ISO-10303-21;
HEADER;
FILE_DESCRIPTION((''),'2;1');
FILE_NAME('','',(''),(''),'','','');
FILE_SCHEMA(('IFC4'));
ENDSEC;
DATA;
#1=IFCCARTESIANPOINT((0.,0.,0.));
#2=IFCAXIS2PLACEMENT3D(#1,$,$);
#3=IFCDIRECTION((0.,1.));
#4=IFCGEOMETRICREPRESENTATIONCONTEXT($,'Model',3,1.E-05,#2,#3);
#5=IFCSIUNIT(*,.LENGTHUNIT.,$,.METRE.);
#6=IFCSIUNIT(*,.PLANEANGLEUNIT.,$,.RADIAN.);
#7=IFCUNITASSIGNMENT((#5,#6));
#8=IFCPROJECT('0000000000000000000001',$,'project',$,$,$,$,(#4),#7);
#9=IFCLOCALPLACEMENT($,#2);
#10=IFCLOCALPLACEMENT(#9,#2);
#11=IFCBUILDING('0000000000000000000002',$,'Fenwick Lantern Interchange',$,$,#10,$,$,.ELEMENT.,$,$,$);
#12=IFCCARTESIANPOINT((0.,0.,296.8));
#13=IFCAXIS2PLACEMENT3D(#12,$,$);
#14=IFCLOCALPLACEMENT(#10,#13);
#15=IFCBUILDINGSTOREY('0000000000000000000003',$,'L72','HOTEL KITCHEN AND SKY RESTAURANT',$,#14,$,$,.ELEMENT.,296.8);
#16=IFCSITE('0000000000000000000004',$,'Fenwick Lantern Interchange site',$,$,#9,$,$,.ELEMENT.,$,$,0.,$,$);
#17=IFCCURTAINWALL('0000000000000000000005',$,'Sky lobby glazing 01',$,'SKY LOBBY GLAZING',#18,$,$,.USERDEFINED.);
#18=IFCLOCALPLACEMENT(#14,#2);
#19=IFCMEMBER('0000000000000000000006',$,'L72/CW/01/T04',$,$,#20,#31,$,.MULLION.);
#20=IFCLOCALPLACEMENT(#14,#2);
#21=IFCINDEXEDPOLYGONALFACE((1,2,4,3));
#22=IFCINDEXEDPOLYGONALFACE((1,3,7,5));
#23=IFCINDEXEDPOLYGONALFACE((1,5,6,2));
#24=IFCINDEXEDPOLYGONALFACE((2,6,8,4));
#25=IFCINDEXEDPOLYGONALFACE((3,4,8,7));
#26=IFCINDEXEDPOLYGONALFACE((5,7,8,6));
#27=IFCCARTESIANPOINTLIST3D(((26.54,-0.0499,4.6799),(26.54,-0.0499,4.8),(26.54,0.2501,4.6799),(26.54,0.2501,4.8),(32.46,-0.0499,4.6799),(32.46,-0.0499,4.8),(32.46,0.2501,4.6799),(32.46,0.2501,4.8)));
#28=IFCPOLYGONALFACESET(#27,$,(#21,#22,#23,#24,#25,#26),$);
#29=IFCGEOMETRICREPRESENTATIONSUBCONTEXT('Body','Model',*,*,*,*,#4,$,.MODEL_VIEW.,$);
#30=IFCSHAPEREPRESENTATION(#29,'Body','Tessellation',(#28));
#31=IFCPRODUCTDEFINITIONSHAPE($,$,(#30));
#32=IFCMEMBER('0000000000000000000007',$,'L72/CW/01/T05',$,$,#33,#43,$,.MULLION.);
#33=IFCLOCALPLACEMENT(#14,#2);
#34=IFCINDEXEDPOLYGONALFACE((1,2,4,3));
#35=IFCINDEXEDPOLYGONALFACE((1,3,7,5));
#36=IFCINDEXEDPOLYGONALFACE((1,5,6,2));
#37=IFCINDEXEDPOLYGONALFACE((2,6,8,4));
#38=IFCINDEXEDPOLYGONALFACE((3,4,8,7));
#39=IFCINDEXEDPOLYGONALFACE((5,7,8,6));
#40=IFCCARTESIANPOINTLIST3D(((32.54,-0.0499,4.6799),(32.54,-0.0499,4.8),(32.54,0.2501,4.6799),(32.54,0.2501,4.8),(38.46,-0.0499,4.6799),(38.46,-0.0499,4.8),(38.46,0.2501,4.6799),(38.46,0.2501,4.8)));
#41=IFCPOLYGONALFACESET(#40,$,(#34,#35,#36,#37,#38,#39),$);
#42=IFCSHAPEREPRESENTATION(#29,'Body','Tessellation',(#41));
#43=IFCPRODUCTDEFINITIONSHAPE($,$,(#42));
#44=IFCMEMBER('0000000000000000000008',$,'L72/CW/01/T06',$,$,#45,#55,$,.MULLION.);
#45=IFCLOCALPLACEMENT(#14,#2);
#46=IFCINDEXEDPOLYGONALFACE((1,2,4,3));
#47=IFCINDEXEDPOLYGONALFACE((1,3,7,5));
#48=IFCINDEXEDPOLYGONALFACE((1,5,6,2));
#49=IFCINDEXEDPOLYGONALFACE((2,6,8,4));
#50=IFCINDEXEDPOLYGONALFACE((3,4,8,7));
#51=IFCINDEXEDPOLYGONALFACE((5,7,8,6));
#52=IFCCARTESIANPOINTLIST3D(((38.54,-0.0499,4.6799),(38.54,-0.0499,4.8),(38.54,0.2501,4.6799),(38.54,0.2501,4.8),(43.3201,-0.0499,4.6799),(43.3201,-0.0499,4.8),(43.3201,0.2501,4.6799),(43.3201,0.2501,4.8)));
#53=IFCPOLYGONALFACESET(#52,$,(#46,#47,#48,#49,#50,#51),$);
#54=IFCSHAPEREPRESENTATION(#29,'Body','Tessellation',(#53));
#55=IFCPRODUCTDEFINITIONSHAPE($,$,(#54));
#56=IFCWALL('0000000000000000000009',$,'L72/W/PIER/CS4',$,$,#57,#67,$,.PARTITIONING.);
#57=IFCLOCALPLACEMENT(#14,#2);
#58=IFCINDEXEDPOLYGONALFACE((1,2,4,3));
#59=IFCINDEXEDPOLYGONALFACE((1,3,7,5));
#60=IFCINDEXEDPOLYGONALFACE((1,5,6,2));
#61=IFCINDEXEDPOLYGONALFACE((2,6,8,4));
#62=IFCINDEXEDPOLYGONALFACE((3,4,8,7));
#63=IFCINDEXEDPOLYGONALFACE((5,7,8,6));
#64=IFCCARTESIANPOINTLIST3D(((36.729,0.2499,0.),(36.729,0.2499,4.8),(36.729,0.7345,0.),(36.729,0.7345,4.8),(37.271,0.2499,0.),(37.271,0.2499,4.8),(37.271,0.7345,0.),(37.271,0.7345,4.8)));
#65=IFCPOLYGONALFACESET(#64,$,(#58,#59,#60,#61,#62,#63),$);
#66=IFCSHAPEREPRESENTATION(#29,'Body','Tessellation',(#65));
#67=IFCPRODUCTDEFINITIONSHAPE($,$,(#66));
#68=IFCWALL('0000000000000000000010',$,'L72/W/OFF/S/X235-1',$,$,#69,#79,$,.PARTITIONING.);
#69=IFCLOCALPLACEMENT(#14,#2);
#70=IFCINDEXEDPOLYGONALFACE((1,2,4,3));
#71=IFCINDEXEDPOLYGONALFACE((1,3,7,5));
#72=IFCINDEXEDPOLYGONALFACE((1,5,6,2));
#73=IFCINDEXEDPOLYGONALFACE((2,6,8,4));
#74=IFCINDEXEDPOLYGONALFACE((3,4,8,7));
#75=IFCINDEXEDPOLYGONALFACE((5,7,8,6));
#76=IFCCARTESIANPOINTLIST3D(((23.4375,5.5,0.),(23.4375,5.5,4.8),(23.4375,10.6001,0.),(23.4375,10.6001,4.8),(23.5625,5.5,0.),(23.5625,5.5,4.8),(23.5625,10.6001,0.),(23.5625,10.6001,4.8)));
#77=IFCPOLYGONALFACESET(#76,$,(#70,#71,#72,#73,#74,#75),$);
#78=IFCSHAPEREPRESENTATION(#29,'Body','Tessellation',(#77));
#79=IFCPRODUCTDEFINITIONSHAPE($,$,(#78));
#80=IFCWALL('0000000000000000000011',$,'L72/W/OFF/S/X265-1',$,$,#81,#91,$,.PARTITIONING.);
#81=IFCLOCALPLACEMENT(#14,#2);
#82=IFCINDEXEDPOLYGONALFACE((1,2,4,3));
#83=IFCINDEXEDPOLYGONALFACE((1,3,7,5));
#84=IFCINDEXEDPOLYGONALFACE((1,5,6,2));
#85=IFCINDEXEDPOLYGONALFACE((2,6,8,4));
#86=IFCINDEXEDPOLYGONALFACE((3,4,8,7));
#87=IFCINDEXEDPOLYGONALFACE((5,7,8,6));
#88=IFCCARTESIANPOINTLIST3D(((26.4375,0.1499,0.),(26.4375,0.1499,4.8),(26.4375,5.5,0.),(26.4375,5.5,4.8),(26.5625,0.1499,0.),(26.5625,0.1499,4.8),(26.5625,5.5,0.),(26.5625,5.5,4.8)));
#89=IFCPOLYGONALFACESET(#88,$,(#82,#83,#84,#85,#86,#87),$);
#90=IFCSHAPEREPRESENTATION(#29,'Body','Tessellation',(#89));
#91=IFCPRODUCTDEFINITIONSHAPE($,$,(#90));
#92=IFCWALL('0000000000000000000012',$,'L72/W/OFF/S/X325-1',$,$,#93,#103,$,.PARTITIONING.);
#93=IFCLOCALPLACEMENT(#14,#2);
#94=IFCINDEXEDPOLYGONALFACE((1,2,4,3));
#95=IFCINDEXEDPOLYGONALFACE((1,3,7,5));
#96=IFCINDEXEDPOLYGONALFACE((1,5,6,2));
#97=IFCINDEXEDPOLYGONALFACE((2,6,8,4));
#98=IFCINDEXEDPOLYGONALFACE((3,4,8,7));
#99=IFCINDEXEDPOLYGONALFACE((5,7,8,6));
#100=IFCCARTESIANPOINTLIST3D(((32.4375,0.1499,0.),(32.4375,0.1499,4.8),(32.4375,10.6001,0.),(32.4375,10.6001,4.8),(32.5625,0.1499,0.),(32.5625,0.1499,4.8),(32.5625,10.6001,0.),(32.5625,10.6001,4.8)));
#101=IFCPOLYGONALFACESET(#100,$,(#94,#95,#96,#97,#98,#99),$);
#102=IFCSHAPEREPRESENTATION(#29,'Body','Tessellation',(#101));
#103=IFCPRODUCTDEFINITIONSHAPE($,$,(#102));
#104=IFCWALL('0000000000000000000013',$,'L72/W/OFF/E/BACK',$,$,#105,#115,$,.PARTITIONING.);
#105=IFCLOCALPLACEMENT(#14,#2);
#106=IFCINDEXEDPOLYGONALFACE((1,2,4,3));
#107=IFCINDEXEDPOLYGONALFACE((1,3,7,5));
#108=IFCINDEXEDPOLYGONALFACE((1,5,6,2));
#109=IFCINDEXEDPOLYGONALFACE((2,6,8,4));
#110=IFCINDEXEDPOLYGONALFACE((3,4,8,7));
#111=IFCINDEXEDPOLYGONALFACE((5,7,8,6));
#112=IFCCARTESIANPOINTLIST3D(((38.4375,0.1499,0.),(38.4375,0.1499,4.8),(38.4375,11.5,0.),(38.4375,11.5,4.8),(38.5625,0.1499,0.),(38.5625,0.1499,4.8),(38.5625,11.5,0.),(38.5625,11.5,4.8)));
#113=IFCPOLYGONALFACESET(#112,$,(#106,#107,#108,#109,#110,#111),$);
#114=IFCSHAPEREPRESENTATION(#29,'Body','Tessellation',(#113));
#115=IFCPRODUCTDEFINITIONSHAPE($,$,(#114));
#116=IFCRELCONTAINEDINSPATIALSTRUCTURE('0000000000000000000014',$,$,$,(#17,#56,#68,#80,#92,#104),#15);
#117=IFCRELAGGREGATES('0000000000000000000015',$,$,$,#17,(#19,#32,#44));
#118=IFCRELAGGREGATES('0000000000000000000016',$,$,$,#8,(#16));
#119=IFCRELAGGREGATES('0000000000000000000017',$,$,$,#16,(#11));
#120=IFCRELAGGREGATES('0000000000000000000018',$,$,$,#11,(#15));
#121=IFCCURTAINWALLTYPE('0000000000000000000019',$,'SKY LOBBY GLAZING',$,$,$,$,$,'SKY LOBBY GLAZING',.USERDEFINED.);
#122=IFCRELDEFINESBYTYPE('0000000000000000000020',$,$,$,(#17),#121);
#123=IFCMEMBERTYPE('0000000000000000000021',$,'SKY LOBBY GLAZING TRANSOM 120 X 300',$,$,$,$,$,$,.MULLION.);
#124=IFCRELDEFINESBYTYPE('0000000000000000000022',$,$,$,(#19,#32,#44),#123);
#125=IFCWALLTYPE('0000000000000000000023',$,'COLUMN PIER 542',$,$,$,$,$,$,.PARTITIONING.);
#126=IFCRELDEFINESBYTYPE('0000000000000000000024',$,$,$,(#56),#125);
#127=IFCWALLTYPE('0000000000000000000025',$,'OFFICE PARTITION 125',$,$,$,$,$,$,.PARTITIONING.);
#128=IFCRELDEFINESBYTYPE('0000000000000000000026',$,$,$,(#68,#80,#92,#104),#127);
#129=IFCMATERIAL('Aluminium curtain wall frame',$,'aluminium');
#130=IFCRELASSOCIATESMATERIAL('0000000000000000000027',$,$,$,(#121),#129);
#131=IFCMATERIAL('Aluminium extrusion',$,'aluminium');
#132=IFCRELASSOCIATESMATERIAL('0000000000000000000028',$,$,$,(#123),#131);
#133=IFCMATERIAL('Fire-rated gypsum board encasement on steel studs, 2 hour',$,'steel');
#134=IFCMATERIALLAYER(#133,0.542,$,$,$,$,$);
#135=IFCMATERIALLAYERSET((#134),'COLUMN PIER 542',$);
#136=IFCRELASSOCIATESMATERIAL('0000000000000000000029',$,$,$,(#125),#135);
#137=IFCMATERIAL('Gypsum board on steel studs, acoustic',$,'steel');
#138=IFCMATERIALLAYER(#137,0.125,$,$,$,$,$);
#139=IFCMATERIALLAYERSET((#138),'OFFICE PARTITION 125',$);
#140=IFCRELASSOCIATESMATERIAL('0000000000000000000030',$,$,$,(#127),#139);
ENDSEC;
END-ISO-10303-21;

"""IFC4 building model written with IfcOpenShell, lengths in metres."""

from ifc_helpers import new_model, si_unit, direction, frame, frame_2d, origin, origin_2d, place, context, subcontext, project, spatial, rectangle, extrude, material, layer, layer_set, material_profile, profile_set, type_object, element, aggregate, save


model = new_model("IFC4")

# Units and contexts
model_context = context("Model", 3, precision=1e-05, world=origin(), true_north=direction((0.0, 1.0)))
body_context = subcontext(model_context, "Body", "Model", "MODEL_VIEW")
ifc_project = project(units=[si_unit("LENGTHUNIT", "METRE"), si_unit("PLANEANGLEUNIT", "RADIAN")], contexts=[model_context])

# Site, building, storey
site_placement = place(None, origin())
site = spatial("IfcSite", under=ifc_project, at=site_placement, Name="Fenwick Lantern Interchange site", CompositionType="ELEMENT", RefElevation=0.0)
building_placement = place(site_placement, origin())
building = spatial("IfcBuilding", under=site, at=building_placement, Name="Fenwick Lantern Interchange", CompositionType="ELEMENT")
storey_placement = place(building_placement, frame((0.0, 0.0, 296.8)))
storey = spatial("IfcBuildingStorey", under=building, at=storey_placement, Name="L72", Description="HOTEL KITCHEN AND SKY RESTAURANT", CompositionType="ELEMENT", Elevation=296.8)

# Curtain wall
ifc_material_1 = material(Name="Aluminium curtain wall frame", Category="aluminium")
curtain_wall_type = type_object("IfcCurtainWallType", Name="SKY LOBBY GLAZING", ElementType="SKY LOBBY GLAZING", PredefinedType="USERDEFINED", material=ifc_material_1)
curtain_wall_1_placement = place(storey_placement, origin())
curtain_wall_1 = element("IfcCurtainWall", 1, at=curtain_wall_1_placement, inside=storey, type_object=curtain_wall_type, Name="Sky lobby glazing 01", ObjectType="SKY LOBBY GLAZING", PredefinedType="USERDEFINED")
ifc_material_2 = material(Name="Aluminium extrusion", Category="aluminium")

# Members
ifc_material_profile_1 = material_profile(ifc_material_2, rectangle(XDim=0.3, YDim=0.1201, at=origin_2d()), Name="SKY LOBBY GLAZING TRANSOM 120 X 300")
ifc_profile_set_1 = profile_set([ifc_material_profile_1], Name="Aluminium extrusion")
member_type_1 = type_object("IfcMemberType", Name="SKY LOBBY GLAZING TRANSOM 120 X 300", PredefinedType="MULLION", material=ifc_profile_set_1)
member_1_placement = place(storey_placement, frame((26.54, 0.1001, 4.74), z_axis=(1.0, 0.0, 0.0), x_axis=(0.0, 1.0, 0.0)))
member_1 = element("IfcMember", 2, at=member_1_placement, type_object=member_type_1, Name="L72/CW/01/T04", PredefinedType="MULLION", context=body_context, shape_type="SweptSolid", body=[
    extrude(rectangle(XDim=0.3, YDim=0.1201, at=origin_2d()), origin(), (0.0, 0.0, 1.0), 5.9199),
])
member_2_placement = place(storey_placement, frame((32.54, 0.1001, 4.74), z_axis=(1.0, 0.0, 0.0), x_axis=(0.0, 1.0, 0.0)))
member_2 = element("IfcMember", 3, at=member_2_placement, type_object=member_type_1, Name="L72/CW/01/T05", PredefinedType="MULLION", context=body_context, shape_type="SweptSolid", body=[
    extrude(rectangle(XDim=0.3, YDim=0.1201, at=origin_2d()), origin(), (0.0, 0.0, 1.0), 5.9199),
])
member_3_placement = place(storey_placement, frame((38.54, 0.1001, 4.74), z_axis=(1.0, 0.0, 0.0), x_axis=(0.0, 1.0, 0.0)))
member_3 = element("IfcMember", 4, at=member_3_placement, type_object=member_type_1, Name="L72/CW/01/T06", PredefinedType="MULLION", context=body_context, shape_type="SweptSolid", body=[
    extrude(rectangle(XDim=0.3, YDim=0.1201, at=origin_2d()), origin(), (0.0, 0.0, 1.0), 4.78),
])
aggregate(curtain_wall_1, [member_1, member_2, member_3])

# Walls
ifc_material_3 = material(Name="Fire-rated gypsum board encasement on steel studs, 2 hour", Category="steel")
ifc_layer_1 = layer(ifc_material_3, 0.542)
ifc_layer_set_1 = layer_set([ifc_layer_1], Name="COLUMN PIER 542")
wall_type_1 = type_object("IfcWallType", Name="COLUMN PIER 542", PredefinedType="PARTITIONING", material=ifc_layer_set_1)
wall_1_placement = place(storey_placement, frame((37.0, 0.25, 0.0), z_axis=(0.0, 0.0, 1.0), x_axis=(0.0, 1.0, 0.0)))
element("IfcWall", 5, at=wall_1_placement, inside=storey, type_object=wall_type_1, Name="L72/W/PIER/CS4", PredefinedType="PARTITIONING", context=body_context, shape_type="SweptSolid", body=[
    extrude(rectangle(XDim=0.4846, YDim=0.542, at=frame_2d((0.2422, 0.0))), origin(), (0.0, 0.0, 1.0), 4.8),
])
ifc_material_4 = material(Name="Gypsum board on steel studs, acoustic", Category="steel")
ifc_layer_2 = layer(ifc_material_4, 0.125)
ifc_layer_set_2 = layer_set([ifc_layer_2], Name="OFFICE PARTITION 125")
wall_type_2 = type_object("IfcWallType", Name="OFFICE PARTITION 125", PredefinedType="PARTITIONING", material=ifc_layer_set_2)
wall_2_placement = place(storey_placement, frame((23.5, 5.5, 0.0), z_axis=(0.0, 0.0, 1.0), x_axis=(0.0, 1.0, 0.0)))
element("IfcWall", 6, at=wall_2_placement, inside=storey, type_object=wall_type_2, Name="L72/W/OFF/S/X235-1", PredefinedType="PARTITIONING", context=body_context, shape_type="SweptSolid", body=[
    extrude(rectangle(XDim=5.1001, YDim=0.125, at=frame_2d((2.55, 0.0))), origin(), (0.0, 0.0, 1.0), 4.8),
])
wall_3_placement = place(storey_placement, frame((26.5, 0.1499, 0.0), z_axis=(0.0, 0.0, 1.0), x_axis=(0.0, 1.0, 0.0)))
element("IfcWall", 7, at=wall_3_placement, inside=storey, type_object=wall_type_2, Name="L72/W/OFF/S/X265-1", PredefinedType="PARTITIONING", context=body_context, shape_type="SweptSolid", body=[
    extrude(rectangle(XDim=5.3501, YDim=0.125, at=frame_2d((2.675, 0.0))), origin(), (0.0, 0.0, 1.0), 4.8),
])
wall_4_placement = place(storey_placement, frame((32.5, 0.1499, 0.0), z_axis=(0.0, 0.0, 1.0), x_axis=(0.0, 1.0, 0.0)))
element("IfcWall", 8, at=wall_4_placement, inside=storey, type_object=wall_type_2, Name="L72/W/OFF/S/X325-1", PredefinedType="PARTITIONING", context=body_context, shape_type="SweptSolid", body=[
    extrude(rectangle(XDim=10.4502, YDim=0.125, at=frame_2d((5.2251, 0.0))), origin(), (0.0, 0.0, 1.0), 4.8),
])
wall_5_placement = place(storey_placement, frame((38.5, 0.1499, 0.0), z_axis=(0.0, 0.0, 1.0), x_axis=(0.0, 1.0, 0.0)))
element("IfcWall", 9, at=wall_5_placement, inside=storey, type_object=wall_type_2, Name="L72/W/OFF/E/BACK", PredefinedType="PARTITIONING", context=body_context, shape_type="SweptSolid", body=[
    extrude(rectangle(XDim=11.3501, YDim=0.125, at=frame_2d((5.675, 0.0))), origin(), (0.0, 0.0, 1.0), 4.8),
])

save(model, "model.ifc")
